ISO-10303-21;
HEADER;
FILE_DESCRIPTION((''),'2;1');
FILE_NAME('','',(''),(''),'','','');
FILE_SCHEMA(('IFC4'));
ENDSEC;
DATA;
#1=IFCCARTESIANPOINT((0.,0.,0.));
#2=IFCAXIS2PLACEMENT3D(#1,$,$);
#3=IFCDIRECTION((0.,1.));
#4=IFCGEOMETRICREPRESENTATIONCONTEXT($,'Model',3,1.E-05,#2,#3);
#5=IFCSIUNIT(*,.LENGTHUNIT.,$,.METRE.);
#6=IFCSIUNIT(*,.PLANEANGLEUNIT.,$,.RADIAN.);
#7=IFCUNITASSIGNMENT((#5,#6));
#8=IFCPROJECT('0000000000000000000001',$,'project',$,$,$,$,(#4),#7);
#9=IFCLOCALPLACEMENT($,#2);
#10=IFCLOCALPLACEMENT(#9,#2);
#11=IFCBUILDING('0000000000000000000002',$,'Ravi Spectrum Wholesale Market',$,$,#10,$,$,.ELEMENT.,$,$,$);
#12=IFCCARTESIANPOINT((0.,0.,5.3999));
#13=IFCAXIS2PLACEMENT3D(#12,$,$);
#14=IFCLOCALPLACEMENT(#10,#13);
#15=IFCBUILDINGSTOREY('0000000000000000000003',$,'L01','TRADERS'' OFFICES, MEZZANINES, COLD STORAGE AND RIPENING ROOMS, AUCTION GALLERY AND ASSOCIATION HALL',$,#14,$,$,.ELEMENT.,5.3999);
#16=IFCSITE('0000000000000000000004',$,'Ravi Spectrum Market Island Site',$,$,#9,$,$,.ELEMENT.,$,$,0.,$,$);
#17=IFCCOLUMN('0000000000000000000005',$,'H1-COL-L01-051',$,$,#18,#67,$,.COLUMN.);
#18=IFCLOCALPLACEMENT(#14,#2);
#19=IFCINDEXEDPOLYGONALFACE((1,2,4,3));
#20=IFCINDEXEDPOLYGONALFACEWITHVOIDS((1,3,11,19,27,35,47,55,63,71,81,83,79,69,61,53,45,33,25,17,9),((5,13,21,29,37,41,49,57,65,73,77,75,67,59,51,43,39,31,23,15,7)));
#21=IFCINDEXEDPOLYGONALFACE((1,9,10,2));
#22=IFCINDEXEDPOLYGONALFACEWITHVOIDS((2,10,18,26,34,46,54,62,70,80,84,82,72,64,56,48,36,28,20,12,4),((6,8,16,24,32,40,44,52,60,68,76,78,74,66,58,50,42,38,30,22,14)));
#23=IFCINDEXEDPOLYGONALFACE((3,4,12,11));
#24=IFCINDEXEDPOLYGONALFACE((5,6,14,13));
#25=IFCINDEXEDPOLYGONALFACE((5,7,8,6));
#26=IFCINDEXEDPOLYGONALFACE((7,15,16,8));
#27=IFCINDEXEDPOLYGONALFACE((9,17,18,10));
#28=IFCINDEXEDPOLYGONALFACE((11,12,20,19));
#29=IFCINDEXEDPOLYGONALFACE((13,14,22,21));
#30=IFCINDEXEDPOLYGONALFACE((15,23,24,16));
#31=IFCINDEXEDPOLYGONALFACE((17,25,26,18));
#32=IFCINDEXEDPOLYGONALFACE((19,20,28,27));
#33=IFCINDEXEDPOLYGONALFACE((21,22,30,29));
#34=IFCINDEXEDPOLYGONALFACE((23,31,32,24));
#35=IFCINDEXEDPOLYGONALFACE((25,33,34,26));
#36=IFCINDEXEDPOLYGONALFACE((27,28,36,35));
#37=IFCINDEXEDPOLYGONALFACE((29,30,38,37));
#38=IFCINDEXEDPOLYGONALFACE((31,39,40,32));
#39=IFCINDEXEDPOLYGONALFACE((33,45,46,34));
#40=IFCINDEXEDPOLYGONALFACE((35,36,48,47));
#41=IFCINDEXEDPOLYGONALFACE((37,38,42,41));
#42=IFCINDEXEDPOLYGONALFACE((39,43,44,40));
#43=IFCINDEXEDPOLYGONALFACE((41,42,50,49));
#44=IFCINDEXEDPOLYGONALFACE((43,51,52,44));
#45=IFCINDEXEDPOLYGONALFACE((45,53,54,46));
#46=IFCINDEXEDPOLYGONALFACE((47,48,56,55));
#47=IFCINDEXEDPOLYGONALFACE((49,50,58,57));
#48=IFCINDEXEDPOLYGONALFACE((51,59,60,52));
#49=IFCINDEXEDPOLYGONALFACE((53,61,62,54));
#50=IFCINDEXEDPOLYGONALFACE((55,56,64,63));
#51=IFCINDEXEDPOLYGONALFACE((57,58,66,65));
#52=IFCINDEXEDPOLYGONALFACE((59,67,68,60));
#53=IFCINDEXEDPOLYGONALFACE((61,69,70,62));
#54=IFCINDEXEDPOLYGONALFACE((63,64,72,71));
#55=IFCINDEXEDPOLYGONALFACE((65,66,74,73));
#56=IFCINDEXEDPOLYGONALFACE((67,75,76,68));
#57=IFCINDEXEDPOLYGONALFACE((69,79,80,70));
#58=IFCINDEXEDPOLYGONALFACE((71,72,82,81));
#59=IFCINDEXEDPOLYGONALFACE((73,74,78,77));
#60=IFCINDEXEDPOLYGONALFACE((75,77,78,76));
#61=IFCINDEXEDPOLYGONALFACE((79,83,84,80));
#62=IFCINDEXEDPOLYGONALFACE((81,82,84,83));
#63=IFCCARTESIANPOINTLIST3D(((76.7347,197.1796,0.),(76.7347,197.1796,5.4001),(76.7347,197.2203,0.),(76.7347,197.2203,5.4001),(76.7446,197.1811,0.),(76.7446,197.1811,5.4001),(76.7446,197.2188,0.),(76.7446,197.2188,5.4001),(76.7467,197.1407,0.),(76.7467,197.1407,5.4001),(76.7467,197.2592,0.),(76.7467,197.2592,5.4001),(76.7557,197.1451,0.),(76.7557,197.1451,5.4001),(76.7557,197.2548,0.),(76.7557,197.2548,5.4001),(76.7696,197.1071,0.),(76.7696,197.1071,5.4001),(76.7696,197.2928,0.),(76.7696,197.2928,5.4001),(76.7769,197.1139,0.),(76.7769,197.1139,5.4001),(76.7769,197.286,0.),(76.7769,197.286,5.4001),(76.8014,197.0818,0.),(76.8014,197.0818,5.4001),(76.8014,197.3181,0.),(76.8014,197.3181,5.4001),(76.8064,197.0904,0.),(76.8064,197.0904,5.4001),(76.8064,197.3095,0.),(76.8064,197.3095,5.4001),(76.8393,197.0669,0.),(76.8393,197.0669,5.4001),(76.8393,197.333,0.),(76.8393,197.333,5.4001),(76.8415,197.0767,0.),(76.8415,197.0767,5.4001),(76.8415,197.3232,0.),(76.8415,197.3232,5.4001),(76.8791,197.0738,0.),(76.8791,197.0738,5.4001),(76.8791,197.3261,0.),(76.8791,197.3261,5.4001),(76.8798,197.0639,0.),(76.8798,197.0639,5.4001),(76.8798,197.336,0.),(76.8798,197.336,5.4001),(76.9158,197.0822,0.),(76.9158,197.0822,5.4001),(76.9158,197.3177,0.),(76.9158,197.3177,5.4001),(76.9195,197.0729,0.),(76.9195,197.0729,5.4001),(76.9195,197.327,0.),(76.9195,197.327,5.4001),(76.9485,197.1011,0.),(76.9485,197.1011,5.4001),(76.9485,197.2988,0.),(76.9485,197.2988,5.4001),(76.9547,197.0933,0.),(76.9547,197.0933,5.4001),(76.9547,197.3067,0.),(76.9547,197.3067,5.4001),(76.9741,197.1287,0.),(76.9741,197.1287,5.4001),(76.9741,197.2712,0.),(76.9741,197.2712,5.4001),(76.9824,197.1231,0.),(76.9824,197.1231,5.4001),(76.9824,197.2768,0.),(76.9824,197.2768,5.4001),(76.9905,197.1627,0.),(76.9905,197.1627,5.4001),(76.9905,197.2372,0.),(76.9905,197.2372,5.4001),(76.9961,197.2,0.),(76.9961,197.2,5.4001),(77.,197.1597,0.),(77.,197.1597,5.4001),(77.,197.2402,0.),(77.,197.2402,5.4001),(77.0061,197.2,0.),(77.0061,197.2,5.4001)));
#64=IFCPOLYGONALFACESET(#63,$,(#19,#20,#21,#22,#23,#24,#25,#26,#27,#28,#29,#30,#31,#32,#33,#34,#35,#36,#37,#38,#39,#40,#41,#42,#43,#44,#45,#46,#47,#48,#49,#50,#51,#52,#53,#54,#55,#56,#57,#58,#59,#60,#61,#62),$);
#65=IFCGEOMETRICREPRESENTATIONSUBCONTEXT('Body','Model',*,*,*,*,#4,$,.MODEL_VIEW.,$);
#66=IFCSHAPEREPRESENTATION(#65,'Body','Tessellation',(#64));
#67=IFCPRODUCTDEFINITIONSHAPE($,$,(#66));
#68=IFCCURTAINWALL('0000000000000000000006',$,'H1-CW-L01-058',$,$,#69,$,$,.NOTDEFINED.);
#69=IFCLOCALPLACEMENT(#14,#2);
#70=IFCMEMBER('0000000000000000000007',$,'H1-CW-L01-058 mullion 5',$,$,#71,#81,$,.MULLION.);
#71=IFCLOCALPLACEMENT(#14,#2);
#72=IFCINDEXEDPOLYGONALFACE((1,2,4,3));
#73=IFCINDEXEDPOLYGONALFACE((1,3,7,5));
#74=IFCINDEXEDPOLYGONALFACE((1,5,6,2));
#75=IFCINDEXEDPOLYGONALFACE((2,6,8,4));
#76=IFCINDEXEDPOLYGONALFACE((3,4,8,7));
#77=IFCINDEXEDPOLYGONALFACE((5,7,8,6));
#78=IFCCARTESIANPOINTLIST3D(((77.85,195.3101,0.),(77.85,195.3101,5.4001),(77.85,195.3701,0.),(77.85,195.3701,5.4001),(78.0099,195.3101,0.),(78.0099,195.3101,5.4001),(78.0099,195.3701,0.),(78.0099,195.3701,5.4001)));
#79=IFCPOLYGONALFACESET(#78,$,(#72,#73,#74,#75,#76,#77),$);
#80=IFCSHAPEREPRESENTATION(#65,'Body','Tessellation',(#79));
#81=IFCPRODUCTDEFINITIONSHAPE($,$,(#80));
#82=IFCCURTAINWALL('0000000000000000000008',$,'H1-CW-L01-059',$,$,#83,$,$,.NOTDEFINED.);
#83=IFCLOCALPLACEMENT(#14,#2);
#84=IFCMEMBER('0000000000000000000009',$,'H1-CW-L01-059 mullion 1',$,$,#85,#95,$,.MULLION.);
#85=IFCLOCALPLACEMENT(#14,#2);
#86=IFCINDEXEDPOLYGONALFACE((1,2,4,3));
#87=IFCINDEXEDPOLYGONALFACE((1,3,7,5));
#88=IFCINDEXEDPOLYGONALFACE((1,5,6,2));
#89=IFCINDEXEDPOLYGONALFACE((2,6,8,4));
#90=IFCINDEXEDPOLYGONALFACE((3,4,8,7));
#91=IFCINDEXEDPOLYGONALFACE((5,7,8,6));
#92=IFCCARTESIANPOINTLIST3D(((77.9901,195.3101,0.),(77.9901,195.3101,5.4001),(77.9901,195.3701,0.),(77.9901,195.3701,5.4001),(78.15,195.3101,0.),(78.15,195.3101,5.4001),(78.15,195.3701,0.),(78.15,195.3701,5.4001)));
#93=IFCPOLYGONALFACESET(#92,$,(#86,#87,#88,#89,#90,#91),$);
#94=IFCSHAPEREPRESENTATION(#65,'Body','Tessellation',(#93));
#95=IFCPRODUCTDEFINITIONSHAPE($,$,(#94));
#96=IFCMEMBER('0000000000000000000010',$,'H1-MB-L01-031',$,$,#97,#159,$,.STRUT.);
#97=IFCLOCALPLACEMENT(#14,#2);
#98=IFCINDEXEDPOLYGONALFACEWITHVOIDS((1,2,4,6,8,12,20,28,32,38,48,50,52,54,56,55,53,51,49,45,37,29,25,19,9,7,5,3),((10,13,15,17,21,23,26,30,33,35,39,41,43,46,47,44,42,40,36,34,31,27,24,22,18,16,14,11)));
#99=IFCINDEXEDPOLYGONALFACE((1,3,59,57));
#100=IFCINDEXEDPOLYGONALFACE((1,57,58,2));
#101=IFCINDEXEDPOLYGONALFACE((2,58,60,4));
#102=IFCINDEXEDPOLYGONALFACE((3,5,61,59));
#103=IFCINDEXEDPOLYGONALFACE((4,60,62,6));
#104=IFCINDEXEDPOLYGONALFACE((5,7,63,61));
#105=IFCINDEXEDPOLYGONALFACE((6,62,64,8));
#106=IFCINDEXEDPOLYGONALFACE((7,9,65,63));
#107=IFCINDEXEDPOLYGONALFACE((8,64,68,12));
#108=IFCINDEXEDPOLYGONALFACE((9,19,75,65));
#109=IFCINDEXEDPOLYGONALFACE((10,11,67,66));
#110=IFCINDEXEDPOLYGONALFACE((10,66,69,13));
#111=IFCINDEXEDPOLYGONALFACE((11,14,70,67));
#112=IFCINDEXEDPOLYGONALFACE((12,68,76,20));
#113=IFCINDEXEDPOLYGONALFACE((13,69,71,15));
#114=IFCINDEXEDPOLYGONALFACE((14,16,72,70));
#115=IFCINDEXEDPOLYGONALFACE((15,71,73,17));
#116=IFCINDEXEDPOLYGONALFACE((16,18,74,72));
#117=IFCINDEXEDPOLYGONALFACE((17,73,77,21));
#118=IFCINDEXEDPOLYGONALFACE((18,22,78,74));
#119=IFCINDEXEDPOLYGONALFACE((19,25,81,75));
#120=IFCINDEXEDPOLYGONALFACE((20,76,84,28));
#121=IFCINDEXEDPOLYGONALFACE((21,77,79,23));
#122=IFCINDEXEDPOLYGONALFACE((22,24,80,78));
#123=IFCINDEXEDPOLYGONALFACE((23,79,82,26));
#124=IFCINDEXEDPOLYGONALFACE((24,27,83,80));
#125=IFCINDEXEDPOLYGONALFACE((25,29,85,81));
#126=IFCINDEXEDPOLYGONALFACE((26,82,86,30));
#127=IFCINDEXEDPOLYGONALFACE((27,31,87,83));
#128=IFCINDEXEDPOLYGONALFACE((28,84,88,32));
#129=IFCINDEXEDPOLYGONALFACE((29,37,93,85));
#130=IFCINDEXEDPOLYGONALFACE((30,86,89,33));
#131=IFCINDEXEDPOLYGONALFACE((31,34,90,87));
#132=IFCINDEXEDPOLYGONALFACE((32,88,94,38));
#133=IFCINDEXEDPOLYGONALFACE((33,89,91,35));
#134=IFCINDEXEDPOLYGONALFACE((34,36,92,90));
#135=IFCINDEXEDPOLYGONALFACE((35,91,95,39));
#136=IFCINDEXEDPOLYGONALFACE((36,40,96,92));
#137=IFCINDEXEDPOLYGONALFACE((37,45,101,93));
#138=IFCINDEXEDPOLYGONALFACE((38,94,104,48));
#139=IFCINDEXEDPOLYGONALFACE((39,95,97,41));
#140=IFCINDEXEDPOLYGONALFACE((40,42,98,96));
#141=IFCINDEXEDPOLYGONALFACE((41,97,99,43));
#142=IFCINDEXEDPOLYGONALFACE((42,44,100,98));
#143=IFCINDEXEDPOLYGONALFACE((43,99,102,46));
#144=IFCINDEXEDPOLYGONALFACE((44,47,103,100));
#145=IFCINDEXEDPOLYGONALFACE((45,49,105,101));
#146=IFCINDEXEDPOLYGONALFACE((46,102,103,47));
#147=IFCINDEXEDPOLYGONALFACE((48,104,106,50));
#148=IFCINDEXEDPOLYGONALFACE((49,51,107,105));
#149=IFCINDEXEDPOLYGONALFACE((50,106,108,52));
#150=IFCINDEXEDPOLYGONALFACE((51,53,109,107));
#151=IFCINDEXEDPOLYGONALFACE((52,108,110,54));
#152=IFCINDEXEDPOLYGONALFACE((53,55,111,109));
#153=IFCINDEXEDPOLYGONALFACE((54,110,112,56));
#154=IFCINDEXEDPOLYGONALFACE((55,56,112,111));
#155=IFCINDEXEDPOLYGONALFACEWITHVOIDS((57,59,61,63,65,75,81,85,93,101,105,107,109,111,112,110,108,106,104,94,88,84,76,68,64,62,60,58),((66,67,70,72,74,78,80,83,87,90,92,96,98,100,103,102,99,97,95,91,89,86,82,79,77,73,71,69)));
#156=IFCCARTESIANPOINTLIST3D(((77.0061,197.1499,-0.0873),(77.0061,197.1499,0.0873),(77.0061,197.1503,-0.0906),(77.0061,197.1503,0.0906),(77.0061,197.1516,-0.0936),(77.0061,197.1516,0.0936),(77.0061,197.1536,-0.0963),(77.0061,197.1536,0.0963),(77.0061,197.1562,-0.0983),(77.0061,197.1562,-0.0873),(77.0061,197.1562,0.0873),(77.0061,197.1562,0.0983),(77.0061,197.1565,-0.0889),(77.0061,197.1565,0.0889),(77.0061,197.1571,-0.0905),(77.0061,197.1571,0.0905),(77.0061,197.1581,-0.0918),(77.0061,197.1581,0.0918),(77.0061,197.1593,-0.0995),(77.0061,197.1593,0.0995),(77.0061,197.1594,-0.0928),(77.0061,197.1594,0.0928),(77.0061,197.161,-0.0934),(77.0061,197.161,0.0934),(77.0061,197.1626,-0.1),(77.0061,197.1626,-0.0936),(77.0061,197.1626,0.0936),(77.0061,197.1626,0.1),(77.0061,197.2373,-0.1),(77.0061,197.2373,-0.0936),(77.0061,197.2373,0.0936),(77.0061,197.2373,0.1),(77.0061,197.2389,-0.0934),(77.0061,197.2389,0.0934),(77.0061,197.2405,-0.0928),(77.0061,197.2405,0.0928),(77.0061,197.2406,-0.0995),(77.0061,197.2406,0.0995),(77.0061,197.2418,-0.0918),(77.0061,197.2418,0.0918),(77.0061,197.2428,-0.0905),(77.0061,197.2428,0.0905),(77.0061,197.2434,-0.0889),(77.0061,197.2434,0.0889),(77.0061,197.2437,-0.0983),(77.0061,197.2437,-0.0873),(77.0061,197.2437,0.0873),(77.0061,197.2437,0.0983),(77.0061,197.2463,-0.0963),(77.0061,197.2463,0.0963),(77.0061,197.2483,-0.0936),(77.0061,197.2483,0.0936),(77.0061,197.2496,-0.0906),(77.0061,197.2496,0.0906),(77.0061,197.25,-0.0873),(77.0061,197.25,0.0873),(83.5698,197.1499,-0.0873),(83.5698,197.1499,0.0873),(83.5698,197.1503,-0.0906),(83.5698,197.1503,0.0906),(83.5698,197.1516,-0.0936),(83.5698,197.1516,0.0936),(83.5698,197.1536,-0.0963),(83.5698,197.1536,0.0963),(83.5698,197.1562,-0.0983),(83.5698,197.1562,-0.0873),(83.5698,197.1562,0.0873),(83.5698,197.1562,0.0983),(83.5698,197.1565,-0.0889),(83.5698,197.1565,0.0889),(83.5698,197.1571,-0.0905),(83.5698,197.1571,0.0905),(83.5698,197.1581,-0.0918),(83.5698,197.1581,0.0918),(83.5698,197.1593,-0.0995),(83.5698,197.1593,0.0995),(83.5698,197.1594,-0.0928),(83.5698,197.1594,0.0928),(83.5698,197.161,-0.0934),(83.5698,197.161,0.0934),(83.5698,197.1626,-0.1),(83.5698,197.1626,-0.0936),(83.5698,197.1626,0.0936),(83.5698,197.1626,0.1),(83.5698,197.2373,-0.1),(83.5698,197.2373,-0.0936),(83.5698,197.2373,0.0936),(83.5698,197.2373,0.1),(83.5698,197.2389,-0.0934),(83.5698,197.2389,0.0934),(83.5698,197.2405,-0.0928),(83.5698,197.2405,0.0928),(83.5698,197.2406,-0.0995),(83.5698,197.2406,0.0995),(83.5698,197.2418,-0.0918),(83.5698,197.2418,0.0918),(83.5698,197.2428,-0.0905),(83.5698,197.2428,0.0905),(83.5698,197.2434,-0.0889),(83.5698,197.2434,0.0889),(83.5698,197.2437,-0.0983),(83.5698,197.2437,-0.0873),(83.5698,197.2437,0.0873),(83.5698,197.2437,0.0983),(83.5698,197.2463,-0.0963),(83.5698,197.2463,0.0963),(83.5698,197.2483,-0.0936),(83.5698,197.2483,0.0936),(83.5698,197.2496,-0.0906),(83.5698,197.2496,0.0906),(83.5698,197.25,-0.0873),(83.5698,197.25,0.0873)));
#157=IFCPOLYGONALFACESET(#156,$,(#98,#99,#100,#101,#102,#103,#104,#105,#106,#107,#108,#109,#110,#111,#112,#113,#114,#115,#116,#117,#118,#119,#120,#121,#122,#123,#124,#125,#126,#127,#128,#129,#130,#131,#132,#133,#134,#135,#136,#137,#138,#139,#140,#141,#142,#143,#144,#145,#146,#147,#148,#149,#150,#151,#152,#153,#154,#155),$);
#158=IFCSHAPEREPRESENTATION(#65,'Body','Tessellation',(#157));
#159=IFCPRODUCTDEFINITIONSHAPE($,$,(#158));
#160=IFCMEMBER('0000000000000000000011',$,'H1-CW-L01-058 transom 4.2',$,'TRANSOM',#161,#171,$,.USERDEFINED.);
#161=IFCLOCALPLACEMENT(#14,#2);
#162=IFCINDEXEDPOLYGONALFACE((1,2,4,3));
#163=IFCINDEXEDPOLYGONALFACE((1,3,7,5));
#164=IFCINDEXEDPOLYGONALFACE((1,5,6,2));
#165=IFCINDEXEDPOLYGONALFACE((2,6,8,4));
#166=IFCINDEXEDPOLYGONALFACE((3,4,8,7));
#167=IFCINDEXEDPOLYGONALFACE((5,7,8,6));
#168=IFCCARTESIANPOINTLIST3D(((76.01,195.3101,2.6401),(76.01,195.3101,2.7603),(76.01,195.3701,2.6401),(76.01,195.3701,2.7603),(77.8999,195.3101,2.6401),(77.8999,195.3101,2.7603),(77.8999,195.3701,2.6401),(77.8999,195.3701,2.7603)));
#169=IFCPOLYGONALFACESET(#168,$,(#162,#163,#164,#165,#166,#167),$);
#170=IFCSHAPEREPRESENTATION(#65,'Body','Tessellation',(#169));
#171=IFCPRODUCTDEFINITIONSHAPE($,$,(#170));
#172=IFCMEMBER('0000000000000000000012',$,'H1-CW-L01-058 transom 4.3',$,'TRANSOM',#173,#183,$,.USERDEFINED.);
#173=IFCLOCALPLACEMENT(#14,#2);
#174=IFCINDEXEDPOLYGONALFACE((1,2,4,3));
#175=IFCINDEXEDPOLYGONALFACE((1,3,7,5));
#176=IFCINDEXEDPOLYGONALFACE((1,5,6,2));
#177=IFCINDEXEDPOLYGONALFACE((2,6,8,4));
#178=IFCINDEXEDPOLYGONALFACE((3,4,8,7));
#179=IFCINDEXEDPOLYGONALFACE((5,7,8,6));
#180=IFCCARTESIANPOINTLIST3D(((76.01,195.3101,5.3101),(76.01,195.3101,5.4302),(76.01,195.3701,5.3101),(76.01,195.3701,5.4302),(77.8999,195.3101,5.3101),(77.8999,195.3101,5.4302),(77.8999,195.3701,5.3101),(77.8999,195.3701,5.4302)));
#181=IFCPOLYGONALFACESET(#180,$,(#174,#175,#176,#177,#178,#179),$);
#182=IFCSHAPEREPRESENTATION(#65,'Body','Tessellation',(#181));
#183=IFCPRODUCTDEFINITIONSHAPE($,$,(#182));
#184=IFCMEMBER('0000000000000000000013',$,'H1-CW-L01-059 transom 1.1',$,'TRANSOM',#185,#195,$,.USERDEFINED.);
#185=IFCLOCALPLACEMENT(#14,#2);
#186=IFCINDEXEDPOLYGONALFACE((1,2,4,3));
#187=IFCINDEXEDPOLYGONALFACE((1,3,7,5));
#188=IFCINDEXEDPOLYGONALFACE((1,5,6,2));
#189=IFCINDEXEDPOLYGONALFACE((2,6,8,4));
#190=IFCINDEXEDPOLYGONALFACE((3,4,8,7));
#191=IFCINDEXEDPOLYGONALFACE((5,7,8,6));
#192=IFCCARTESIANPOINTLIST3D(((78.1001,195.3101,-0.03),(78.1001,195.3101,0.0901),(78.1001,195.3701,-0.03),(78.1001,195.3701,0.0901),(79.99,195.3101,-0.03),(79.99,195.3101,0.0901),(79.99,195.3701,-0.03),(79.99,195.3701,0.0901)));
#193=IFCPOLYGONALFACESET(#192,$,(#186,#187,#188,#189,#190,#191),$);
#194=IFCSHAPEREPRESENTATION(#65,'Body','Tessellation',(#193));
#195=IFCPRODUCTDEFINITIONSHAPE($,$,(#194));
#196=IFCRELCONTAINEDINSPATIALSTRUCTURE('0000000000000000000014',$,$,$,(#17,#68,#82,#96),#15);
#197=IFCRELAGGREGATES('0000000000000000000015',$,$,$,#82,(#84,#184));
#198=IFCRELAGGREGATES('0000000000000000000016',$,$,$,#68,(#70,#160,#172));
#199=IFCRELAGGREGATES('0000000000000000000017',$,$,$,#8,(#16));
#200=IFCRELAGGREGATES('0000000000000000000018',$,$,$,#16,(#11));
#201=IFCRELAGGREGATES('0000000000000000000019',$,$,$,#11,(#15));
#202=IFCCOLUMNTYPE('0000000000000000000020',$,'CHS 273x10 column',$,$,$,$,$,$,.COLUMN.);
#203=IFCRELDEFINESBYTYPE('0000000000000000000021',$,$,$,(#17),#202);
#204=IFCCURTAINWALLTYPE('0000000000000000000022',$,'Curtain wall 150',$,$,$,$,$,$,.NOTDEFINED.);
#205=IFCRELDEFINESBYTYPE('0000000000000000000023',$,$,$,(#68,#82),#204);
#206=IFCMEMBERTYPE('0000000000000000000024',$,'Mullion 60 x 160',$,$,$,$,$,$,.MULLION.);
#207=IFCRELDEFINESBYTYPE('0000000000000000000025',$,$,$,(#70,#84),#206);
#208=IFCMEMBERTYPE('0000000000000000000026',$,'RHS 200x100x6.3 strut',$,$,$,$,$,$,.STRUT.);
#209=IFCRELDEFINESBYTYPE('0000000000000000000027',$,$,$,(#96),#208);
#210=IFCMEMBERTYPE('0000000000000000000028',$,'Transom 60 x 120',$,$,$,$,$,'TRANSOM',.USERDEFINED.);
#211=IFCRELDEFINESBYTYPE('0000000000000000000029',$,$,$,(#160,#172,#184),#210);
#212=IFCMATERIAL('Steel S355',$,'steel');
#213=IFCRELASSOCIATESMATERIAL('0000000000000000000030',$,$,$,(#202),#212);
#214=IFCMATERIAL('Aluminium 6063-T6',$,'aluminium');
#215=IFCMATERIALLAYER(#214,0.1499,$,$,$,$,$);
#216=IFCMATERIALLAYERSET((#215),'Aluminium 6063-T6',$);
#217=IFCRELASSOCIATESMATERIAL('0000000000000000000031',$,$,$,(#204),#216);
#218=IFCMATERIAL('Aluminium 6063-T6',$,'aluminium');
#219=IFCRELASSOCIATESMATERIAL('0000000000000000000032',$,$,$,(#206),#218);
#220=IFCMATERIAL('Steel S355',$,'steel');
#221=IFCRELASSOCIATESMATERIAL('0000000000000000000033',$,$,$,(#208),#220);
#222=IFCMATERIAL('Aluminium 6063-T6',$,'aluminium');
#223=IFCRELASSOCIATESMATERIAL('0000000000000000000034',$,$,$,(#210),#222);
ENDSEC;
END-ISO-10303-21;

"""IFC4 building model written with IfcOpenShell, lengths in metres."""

from ifc_helpers import new_model, si_unit, direction, frame, origin, origin_2d, place, context, subcontext, project, spatial, rectangle, hollow_rectangle, hollow_circle, extrude, material, layer, layer_set, material_profile, profile_set, type_object, element, aggregate, save


model = new_model("IFC4")

# Units and contexts
model_context = context("Model", 3, precision=1e-05, world=origin(), true_north=direction((0.0, 1.0)))
body_context = subcontext(model_context, "Body", "Model", "MODEL_VIEW")
ifc_project = project(units=[si_unit("LENGTHUNIT", "METRE"), si_unit("PLANEANGLEUNIT", "RADIAN")], contexts=[model_context])

# Site, building, storey
site_placement = place(None, origin())
site = spatial("IfcSite", under=ifc_project, at=site_placement, Name="Ravi Spectrum Market Island Site", CompositionType="ELEMENT", RefElevation=0.0)
building_placement = place(site_placement, origin())
building = spatial("IfcBuilding", under=site, at=building_placement, Name="Ravi Spectrum Wholesale Market", CompositionType="ELEMENT")
storey_placement = place(building_placement, frame((0.0, 0.0, 5.3999)))
storey = spatial("IfcBuildingStorey", under=building, at=storey_placement, Name="L01", Description="TRADERS' OFFICES, MEZZANINES, COLD STORAGE AND RIPENING ROOMS, AUCTION GALLERY AND ASSOCIATION HALL", CompositionType="ELEMENT", Elevation=5.3999)

# Column
ifc_material_1 = material(Name="Steel S355", Category="steel")
ifc_material_profile_1 = material_profile(ifc_material_1, hollow_circle(Radius=0.1365, WallThickness=0.01, at=origin_2d()))
ifc_profile_set_1 = profile_set([ifc_material_profile_1], Name="Steel S355")
column_type = type_object("IfcColumnType", Name="CHS 273x10 column", PredefinedType="COLUMN", material=ifc_profile_set_1)
column_placement = place(storey_placement, frame((76.8696, 197.2, 0.0), z_axis=(0.0, 0.0, 1.0), x_axis=(1.0, 0.0, 0.0)))
element("IfcColumn", 1, at=column_placement, inside=storey, type_object=column_type, Name="H1-COL-L01-051", PredefinedType="COLUMN", context=body_context, shape_type="SweptSolid", body=[
    extrude(hollow_circle(Radius=0.1365, WallThickness=0.01, at=origin_2d()), origin(), (0.0, 0.0, 1.0), 5.4001),
])

# Curtain walls, members
ifc_material_2 = material(Name="Aluminium 6063-T6", Category="aluminium")
ifc_layer_1 = layer(ifc_material_2, 0.1499)
ifc_layer_set_1 = layer_set([ifc_layer_1], Name="Aluminium 6063-T6")
curtain_wall_type = type_object("IfcCurtainWallType", Name="Curtain wall 150", PredefinedType="NOTDEFINED", material=ifc_layer_set_1)
curtain_wall_1_placement = place(storey_placement, origin())
curtain_wall_1 = element("IfcCurtainWall", 2, at=curtain_wall_1_placement, inside=storey, type_object=curtain_wall_type, Name="H1-CW-L01-058", PredefinedType="NOTDEFINED")
ifc_material_3 = material(Name="Aluminium 6063-T6", Category="aluminium")
ifc_material_profile_2 = material_profile(ifc_material_3, rectangle(XDim=0.0601, YDim=0.1599, at=origin_2d()))
ifc_profile_set_2 = profile_set([ifc_material_profile_2], Name="Aluminium 6063-T6")
member_type_1 = type_object("IfcMemberType", Name="Mullion 60 x 160", PredefinedType="MULLION", material=ifc_profile_set_2)
member_1_placement = place(storey_placement, frame((77.9299, 195.3401, 0.0), z_axis=(0.0, 0.0, 1.0), x_axis=(0.0, 1.0, 0.0)))
member_1 = element("IfcMember", 3, at=member_1_placement, type_object=member_type_1, Name="H1-CW-L01-058 mullion 5", PredefinedType="MULLION", context=body_context, shape_type="SweptSolid", body=[
    extrude(rectangle(XDim=0.0601, YDim=0.1599, at=origin_2d()), origin(), (0.0, 0.0, 1.0), 5.4001),
])
curtain_wall_2_placement = place(storey_placement, origin())
curtain_wall_2 = element("IfcCurtainWall", 4, at=curtain_wall_2_placement, inside=storey, type_object=curtain_wall_type, Name="H1-CW-L01-059", PredefinedType="NOTDEFINED")
member_2_placement = place(storey_placement, frame((78.0701, 195.3401, 0.0), z_axis=(0.0, 0.0, 1.0), x_axis=(0.0, 1.0, 0.0)))
member_2 = element("IfcMember", 5, at=member_2_placement, type_object=member_type_1, Name="H1-CW-L01-059 mullion 1", PredefinedType="MULLION", context=body_context, shape_type="SweptSolid", body=[
    extrude(rectangle(XDim=0.0601, YDim=0.1599, at=origin_2d()), origin(), (0.0, 0.0, 1.0), 5.4001),
])

# Members
ifc_material_4 = material(Name="Steel S355", Category="steel")
ifc_material_profile_3 = material_profile(ifc_material_4, hollow_rectangle(XDim=0.1001, YDim=0.2, WallThickness=0.0063, InnerFilletRadius=0.0063, OuterFilletRadius=0.0127, at=origin_2d()))
ifc_profile_set_3 = profile_set([ifc_material_profile_3], Name="Steel S355")
member_type_2 = type_object("IfcMemberType", Name="RHS 200x100x6.3 strut", PredefinedType="STRUT", material=ifc_profile_set_3)
member_3_placement = place(storey_placement, frame((77.0061, 197.2, 0.0), z_axis=(1.0, 0.0, 0.0), x_axis=(0.0, 1.0, 0.0)))
element("IfcMember", 6, at=member_3_placement, inside=storey, type_object=member_type_2, Name="H1-MB-L01-031", PredefinedType="STRUT", context=body_context, shape_type="SweptSolid", body=[
    extrude(hollow_rectangle(XDim=0.1001, YDim=0.2, WallThickness=0.0063, InnerFilletRadius=0.0063, OuterFilletRadius=0.0127, at=origin_2d()), origin(), (0.0, 0.0, 1.0), 6.5637),
])
ifc_material_5 = material(Name="Aluminium 6063-T6", Category="aluminium")
ifc_material_profile_4 = material_profile(ifc_material_5, rectangle(XDim=0.0601, YDim=0.1201, at=origin_2d()))
ifc_profile_set_4 = profile_set([ifc_material_profile_4], Name="Aluminium 6063-T6")
member_type_3 = type_object("IfcMemberType", Name="Transom 60 x 120", ElementType="TRANSOM", PredefinedType="USERDEFINED", material=ifc_profile_set_4)
member_4_placement = place(storey_placement, frame((76.01, 195.3401, 2.7002), z_axis=(1.0, 0.0, 0.0), x_axis=(0.0, 1.0, 0.0)))
member_4 = element("IfcMember", 7, at=member_4_placement, type_object=member_type_3, Name="H1-CW-L01-058 transom 4.2", ObjectType="TRANSOM", PredefinedType="USERDEFINED", context=body_context, shape_type="SweptSolid", body=[
    extrude(rectangle(XDim=0.0601, YDim=0.1201, at=origin_2d()), origin(), (0.0, 0.0, 1.0), 1.8899),
])
member_5_placement = place(storey_placement, frame((76.01, 195.3401, 5.3701), z_axis=(1.0, 0.0, 0.0), x_axis=(0.0, 1.0, 0.0)))
member_5 = element("IfcMember", 8, at=member_5_placement, type_object=member_type_3, Name="H1-CW-L01-058 transom 4.3", ObjectType="TRANSOM", PredefinedType="USERDEFINED", context=body_context, shape_type="SweptSolid", body=[
    extrude(rectangle(XDim=0.0601, YDim=0.1201, at=origin_2d()), origin(), (0.0, 0.0, 1.0), 1.8899),
])
member_6_placement = place(storey_placement, frame((78.1001, 195.3401, 0.03), z_axis=(1.0, 0.0, 0.0), x_axis=(0.0, 1.0, 0.0)))
member_6 = element("IfcMember", 9, at=member_6_placement, type_object=member_type_3, Name="H1-CW-L01-059 transom 1.1", ObjectType="TRANSOM", PredefinedType="USERDEFINED", context=body_context, shape_type="SweptSolid", body=[
    extrude(rectangle(XDim=0.0601, YDim=0.1201, at=origin_2d()), origin(), (0.0, 0.0, 1.0), 1.8899),
])
aggregate(curtain_wall_2, [member_2, member_6])

aggregate(curtain_wall_1, [member_1, member_4, member_5])

save(model, "model.ifc")
